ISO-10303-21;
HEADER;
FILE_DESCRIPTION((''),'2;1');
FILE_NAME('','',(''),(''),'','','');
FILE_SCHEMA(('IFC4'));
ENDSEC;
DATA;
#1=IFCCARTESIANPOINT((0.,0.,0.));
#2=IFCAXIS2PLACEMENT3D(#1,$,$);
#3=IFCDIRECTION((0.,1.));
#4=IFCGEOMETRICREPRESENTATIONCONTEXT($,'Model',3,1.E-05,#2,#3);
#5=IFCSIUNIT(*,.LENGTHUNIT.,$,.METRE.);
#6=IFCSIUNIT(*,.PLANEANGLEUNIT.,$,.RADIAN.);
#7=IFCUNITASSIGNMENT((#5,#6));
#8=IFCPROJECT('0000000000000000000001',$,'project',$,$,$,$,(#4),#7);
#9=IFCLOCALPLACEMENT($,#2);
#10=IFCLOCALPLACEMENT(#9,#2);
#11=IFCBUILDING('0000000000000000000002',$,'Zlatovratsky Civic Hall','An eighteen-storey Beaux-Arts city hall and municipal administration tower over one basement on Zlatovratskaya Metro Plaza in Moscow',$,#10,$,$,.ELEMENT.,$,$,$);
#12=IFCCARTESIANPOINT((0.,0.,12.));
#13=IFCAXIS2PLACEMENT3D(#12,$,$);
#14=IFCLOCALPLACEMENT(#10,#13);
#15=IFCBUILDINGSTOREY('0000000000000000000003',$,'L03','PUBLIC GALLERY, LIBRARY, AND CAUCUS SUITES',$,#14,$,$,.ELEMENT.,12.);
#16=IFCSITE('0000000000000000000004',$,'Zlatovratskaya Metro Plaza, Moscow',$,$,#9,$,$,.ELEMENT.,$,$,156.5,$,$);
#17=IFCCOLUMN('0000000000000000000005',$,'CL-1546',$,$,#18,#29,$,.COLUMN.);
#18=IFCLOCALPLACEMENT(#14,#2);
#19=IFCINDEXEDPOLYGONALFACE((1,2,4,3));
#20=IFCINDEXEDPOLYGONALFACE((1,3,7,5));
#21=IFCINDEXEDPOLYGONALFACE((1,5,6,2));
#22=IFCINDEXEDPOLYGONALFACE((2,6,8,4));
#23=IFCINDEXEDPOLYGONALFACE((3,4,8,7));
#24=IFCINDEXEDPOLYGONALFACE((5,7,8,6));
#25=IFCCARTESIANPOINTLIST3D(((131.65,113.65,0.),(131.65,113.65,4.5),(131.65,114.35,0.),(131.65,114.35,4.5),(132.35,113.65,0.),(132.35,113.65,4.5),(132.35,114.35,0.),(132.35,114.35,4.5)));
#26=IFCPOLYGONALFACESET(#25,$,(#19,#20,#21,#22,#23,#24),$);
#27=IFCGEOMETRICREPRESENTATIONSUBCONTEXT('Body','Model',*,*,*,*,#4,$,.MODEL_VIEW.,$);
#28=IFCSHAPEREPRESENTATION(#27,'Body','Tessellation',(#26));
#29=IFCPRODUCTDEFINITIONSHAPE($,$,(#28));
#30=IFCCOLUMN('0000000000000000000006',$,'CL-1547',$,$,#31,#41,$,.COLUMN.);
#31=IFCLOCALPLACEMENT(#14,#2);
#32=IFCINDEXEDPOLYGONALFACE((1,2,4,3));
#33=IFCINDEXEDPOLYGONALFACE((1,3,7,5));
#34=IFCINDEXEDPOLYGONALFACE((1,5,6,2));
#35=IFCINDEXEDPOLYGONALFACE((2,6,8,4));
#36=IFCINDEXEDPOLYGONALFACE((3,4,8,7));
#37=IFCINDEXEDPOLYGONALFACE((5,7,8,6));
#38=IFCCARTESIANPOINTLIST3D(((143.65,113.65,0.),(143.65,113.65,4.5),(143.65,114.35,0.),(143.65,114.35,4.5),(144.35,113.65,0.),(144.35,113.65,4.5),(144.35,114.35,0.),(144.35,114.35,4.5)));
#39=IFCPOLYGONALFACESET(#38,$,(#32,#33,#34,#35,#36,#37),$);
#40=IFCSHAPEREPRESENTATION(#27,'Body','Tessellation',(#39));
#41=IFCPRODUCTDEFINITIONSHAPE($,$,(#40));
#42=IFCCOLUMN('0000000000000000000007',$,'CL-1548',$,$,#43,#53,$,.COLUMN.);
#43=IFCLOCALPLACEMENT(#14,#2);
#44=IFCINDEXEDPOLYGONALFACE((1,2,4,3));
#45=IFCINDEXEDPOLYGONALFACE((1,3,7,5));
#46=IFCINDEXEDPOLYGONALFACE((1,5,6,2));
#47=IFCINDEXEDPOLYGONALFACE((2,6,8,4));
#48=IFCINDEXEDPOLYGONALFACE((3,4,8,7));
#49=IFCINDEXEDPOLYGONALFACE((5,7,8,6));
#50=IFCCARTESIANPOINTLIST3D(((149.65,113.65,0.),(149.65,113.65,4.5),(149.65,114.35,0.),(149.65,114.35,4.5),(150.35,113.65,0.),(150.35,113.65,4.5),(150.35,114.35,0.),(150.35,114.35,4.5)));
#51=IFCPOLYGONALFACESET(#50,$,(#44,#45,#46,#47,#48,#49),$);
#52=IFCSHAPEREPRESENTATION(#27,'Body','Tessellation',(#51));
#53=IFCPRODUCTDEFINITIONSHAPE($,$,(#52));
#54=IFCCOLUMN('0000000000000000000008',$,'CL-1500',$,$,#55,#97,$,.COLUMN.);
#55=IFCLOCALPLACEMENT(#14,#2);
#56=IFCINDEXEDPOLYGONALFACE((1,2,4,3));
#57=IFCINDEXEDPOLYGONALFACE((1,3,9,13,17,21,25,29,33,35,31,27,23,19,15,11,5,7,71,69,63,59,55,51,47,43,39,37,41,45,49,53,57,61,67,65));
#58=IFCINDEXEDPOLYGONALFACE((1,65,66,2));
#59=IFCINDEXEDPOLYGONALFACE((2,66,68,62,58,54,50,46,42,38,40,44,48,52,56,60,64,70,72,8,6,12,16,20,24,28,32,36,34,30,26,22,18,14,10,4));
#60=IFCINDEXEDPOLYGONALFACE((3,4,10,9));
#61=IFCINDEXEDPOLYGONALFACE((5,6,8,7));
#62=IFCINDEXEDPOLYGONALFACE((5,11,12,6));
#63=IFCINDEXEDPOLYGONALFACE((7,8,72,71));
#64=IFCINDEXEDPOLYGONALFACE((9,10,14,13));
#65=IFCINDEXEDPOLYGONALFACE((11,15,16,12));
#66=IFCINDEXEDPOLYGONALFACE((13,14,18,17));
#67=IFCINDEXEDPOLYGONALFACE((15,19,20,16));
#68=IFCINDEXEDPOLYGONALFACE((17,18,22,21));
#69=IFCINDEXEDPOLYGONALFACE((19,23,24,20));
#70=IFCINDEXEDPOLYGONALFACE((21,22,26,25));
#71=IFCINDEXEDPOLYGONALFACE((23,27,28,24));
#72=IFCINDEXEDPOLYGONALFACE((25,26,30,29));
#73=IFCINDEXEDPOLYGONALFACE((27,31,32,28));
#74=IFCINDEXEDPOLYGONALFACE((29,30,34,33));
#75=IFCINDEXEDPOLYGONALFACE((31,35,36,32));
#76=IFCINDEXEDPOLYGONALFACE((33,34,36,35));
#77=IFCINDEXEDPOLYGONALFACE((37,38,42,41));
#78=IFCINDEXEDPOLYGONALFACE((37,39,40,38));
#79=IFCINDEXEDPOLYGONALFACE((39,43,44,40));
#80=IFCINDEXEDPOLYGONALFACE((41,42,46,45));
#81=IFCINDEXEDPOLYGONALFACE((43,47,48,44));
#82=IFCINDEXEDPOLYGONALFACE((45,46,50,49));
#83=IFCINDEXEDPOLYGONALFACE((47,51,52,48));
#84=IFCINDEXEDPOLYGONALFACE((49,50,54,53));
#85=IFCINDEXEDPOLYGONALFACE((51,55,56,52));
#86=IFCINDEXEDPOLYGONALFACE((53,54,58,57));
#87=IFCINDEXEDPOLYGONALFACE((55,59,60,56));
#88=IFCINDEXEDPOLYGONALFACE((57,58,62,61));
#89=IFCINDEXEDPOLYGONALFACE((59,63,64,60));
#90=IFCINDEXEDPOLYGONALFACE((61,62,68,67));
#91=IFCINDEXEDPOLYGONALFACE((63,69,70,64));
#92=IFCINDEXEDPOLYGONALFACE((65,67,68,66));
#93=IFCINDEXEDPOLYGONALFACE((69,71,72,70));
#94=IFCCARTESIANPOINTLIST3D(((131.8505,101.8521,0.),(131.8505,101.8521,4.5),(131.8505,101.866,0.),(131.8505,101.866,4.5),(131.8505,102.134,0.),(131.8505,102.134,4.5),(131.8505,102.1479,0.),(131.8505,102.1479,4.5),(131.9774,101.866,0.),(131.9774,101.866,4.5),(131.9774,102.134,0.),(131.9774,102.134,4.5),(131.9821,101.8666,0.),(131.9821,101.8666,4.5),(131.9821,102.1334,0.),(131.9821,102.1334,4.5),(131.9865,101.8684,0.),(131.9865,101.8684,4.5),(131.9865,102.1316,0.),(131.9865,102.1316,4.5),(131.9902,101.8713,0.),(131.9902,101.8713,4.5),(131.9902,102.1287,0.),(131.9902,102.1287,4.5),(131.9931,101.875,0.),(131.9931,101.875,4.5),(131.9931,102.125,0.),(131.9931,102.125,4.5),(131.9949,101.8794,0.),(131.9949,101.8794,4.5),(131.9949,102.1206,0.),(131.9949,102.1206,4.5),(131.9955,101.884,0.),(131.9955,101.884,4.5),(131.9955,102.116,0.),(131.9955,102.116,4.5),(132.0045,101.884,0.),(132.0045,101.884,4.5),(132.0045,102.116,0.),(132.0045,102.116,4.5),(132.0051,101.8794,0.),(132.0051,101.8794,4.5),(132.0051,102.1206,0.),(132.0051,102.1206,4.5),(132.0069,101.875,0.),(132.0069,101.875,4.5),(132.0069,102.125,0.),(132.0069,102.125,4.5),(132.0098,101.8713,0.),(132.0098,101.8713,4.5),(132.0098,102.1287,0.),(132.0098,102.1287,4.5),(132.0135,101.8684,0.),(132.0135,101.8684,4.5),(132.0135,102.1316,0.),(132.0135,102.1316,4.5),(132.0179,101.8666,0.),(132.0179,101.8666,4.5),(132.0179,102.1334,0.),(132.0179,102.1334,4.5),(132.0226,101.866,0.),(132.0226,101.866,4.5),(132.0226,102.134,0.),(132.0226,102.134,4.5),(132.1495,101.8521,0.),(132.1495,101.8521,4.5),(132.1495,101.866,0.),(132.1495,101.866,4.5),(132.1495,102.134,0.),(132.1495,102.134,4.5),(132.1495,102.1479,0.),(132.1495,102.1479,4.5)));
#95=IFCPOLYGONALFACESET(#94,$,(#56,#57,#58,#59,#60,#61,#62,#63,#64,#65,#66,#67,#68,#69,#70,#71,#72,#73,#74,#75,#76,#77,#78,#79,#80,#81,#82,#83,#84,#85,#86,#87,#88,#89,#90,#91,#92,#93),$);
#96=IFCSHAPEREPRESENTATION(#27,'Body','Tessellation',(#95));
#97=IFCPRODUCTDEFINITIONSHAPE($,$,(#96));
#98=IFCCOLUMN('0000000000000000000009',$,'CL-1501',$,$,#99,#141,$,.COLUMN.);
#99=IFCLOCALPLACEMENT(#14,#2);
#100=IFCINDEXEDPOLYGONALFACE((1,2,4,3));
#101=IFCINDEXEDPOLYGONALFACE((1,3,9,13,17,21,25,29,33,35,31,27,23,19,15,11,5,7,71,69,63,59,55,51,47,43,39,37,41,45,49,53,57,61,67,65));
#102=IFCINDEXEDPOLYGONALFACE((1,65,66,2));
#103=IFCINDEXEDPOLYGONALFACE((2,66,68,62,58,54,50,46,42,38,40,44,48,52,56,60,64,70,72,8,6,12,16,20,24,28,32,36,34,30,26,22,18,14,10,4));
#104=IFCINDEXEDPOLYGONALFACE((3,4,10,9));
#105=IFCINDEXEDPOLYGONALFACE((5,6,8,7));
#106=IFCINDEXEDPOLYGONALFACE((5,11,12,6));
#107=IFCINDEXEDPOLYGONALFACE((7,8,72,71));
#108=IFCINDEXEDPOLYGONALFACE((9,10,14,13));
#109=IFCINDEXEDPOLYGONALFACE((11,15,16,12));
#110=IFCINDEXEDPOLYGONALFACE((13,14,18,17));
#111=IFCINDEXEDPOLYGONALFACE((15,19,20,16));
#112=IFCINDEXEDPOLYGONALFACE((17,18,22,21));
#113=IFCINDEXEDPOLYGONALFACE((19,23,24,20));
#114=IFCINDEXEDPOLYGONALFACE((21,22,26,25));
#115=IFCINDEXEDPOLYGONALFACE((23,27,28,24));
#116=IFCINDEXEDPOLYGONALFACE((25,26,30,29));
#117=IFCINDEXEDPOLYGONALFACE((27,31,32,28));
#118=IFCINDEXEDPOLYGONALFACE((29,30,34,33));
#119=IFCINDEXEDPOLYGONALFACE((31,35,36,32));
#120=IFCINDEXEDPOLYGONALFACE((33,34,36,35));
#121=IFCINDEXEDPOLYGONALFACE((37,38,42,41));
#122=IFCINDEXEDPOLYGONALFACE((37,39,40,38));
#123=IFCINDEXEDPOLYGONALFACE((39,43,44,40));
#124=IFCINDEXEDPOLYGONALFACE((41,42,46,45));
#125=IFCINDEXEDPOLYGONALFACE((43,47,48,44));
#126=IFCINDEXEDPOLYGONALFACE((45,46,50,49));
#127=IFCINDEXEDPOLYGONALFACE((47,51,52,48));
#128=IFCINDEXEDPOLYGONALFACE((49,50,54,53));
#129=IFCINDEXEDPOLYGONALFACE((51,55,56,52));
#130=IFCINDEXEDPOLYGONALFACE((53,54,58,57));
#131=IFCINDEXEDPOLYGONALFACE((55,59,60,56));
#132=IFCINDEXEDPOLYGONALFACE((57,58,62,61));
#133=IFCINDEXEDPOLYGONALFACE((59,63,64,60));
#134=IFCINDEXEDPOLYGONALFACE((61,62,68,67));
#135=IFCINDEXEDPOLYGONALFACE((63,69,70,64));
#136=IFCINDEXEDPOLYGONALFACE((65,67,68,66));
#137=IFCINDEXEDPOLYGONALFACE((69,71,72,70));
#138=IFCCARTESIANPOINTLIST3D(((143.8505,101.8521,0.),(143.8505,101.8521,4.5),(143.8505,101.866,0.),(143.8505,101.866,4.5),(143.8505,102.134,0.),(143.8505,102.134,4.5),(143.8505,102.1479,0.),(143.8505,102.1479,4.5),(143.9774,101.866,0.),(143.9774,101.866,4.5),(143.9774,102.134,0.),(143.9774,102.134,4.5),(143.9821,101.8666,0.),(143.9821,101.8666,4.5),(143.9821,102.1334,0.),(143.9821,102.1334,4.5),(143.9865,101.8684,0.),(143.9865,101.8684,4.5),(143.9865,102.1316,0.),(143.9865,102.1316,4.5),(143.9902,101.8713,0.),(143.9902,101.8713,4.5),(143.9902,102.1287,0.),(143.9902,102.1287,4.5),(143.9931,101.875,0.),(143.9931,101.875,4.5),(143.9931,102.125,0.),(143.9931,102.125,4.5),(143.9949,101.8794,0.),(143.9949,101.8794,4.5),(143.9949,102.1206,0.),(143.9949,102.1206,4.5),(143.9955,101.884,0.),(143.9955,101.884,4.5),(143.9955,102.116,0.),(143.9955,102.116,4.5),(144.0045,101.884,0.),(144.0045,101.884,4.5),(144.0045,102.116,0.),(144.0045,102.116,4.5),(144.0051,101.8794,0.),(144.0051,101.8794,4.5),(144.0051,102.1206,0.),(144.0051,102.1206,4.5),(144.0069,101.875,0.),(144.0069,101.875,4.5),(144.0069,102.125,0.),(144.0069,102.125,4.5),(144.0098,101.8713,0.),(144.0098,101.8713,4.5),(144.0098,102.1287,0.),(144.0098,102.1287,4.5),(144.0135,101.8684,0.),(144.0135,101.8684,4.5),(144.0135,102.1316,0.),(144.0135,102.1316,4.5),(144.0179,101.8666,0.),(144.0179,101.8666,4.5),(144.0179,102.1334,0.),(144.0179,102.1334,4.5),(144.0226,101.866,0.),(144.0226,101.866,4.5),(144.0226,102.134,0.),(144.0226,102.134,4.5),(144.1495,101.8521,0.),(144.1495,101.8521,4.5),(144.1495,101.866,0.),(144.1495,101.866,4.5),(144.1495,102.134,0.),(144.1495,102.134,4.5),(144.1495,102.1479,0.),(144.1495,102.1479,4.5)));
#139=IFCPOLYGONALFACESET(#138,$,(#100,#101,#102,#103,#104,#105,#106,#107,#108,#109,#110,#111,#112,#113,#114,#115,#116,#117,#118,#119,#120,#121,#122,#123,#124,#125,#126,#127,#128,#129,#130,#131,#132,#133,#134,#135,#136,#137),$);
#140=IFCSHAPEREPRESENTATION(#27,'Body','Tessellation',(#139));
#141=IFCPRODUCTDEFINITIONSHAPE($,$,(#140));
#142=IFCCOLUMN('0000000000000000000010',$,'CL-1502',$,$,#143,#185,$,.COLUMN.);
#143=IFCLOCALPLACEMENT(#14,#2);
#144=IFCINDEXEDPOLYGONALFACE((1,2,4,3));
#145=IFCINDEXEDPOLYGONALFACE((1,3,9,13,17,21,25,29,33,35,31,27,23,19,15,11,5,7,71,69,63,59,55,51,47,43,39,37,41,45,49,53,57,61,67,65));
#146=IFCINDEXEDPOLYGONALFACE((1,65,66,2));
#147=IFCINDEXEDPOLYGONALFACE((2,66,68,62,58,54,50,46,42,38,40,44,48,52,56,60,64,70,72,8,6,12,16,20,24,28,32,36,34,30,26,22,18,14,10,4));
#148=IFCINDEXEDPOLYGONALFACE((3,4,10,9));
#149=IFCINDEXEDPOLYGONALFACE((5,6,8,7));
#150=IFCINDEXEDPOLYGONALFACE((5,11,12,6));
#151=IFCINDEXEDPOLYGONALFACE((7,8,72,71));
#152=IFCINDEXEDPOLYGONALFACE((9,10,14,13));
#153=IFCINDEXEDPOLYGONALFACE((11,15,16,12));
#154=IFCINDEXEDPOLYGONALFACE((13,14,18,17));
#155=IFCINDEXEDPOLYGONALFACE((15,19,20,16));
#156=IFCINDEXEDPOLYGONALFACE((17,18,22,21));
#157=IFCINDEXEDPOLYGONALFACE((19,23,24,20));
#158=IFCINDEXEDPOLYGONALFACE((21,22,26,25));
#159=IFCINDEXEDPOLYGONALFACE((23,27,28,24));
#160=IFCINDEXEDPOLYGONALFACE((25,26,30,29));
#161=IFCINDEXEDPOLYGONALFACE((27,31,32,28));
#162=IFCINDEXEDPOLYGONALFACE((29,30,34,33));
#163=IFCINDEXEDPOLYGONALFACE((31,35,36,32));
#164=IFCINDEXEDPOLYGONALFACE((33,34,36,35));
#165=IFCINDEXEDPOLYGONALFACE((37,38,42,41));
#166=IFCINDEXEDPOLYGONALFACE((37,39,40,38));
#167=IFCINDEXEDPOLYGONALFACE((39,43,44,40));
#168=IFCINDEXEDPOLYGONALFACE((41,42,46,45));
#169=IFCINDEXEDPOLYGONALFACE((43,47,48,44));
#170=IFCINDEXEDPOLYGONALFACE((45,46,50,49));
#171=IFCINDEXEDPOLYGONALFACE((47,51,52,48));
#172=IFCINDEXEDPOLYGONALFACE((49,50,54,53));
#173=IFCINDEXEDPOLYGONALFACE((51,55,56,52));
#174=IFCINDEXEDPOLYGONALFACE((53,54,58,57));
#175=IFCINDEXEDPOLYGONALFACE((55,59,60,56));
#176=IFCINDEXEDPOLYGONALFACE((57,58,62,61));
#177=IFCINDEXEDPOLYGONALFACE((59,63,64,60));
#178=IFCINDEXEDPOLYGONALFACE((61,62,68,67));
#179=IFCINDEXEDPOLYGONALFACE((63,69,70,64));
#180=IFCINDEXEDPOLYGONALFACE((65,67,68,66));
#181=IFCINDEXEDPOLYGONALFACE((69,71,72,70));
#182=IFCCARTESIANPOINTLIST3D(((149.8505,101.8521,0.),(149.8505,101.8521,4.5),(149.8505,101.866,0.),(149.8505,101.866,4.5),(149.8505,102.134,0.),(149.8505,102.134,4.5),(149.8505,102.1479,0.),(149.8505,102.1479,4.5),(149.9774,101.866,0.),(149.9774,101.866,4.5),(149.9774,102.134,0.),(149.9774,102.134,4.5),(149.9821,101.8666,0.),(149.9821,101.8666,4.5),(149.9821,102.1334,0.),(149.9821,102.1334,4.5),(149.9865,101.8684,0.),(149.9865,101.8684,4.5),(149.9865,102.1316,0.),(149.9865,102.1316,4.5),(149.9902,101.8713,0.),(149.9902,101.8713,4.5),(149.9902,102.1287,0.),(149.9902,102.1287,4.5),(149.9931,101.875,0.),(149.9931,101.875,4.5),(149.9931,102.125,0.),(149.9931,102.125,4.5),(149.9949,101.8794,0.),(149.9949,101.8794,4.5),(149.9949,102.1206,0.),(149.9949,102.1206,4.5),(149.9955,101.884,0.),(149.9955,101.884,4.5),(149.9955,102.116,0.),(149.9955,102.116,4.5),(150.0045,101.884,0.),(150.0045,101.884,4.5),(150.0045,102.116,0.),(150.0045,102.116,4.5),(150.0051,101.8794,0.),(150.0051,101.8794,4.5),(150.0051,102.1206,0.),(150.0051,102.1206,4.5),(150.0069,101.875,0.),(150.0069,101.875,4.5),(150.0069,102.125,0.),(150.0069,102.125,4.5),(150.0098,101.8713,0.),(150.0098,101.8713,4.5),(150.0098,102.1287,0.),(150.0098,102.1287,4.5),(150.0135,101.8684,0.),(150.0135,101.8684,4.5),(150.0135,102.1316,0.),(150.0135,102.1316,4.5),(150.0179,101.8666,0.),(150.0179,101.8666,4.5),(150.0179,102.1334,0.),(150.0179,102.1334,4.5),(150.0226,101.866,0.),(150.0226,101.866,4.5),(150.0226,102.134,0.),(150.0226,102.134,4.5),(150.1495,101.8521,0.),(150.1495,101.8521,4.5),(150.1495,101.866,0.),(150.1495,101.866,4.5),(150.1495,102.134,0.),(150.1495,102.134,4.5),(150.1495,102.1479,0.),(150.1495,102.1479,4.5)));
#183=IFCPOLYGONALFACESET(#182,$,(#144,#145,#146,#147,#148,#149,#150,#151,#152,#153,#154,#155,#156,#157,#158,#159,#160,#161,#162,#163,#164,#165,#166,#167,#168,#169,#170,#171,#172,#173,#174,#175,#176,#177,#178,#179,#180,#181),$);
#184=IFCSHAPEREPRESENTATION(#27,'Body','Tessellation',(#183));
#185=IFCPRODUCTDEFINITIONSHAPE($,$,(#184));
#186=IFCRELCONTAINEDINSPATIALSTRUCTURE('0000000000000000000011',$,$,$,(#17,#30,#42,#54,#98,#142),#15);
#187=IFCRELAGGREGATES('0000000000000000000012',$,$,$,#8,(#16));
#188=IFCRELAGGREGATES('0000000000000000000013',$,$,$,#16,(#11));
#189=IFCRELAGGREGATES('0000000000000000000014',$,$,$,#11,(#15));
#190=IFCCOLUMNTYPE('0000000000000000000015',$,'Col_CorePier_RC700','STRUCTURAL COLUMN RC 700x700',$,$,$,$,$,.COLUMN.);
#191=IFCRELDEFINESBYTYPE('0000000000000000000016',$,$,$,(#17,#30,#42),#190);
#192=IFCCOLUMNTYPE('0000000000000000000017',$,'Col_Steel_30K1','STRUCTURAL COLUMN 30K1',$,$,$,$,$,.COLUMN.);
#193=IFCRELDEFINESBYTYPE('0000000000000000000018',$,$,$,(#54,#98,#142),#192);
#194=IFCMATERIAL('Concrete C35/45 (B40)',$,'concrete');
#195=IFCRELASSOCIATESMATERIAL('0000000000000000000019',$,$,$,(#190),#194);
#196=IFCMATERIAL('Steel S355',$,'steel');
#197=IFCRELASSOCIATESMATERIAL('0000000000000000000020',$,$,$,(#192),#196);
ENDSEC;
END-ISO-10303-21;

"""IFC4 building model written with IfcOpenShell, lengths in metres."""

from ifc_helpers import new_model, si_unit, direction, frame, origin, origin_2d, place, context, subcontext, project, spatial, rectangle, i_section, extrude, material, material_profile, profile_set, type_object, element, save


model = new_model("IFC4")

# Units and contexts
model_context = context("Model", 3, precision=1e-05, world=origin(), true_north=direction((0.0, 1.0)))
body_context = subcontext(model_context, "Body", "Model", "MODEL_VIEW")
ifc_project = project(units=[si_unit("LENGTHUNIT", "METRE"), si_unit("PLANEANGLEUNIT", "RADIAN")], contexts=[model_context])

# Site, building, storey
site_placement = place(None, origin())
site = spatial("IfcSite", under=ifc_project, at=site_placement, Name="Zlatovratskaya Metro Plaza, Moscow", CompositionType="ELEMENT", RefElevation=156.5)
building_placement = place(site_placement, origin())
building = spatial("IfcBuilding", under=site, at=building_placement, Name="Zlatovratsky Civic Hall", Description="An eighteen-storey Beaux-Arts city hall and municipal administration tower over one basement on Zlatovratskaya Metro Plaza in Moscow", CompositionType="ELEMENT")
storey_placement = place(building_placement, frame((0.0, 0.0, 12.0)))
storey = spatial("IfcBuildingStorey", under=building, at=storey_placement, Name="L03", Description="PUBLIC GALLERY, LIBRARY, AND CAUCUS SUITES", CompositionType="ELEMENT", Elevation=12.0)

# Columns
ifc_material_1 = material(Name="Concrete C35/45 (B40)", Category="concrete")
ifc_material_profile_1 = material_profile(ifc_material_1, rectangle(XDim=0.7, YDim=0.7, at=origin_2d()), Name="RC 700x700")
ifc_profile_set_1 = profile_set([ifc_material_profile_1], Name="Concrete C35/45 (B40)")
column_type_1 = type_object("IfcColumnType", Name="Col_CorePier_RC700", Description="STRUCTURAL COLUMN RC 700x700", PredefinedType="COLUMN", material=ifc_profile_set_1)
for number, where, z_axis, x_axis, name in (
    (1, (132.0, 114.0, 0.0), (0.0, 0.0, 1.0), (1.0, 0.0, 0.0), "CL-1546"),
    (2, (144.0, 114.0, 0.0), (0.0, 0.0, 1.0), (1.0, 0.0, 0.0), "CL-1547"),
    (3, (150.0, 114.0, 0.0), (0.0, 0.0, 1.0), (1.0, 0.0, 0.0), "CL-1548"),
):
    element("IfcColumn", number, at=place(storey_placement, frame(where, z_axis=z_axis, x_axis=x_axis)), inside=storey, type_object=column_type_1, Name=name, PredefinedType="COLUMN", context=body_context, shape_type="SweptSolid", body=[
        extrude(rectangle(XDim=0.7, YDim=0.7, at=origin_2d()), origin(), (0.0, 0.0, 1.0), 4.5),
    ])
ifc_material_2 = material(Name="Steel S355", Category="steel")
ifc_material_profile_2 = material_profile(ifc_material_2, i_section(OverallWidth=0.2991, OverallDepth=0.2959, WebThickness=0.009, FlangeThickness=0.0139, FilletRadius=0.0181, at=origin_2d()), Name="30K1")
ifc_profile_set_2 = profile_set([ifc_material_profile_2], Name="Steel S355")
column_type_2 = type_object("IfcColumnType", Name="Col_Steel_30K1", Description="STRUCTURAL COLUMN 30K1", PredefinedType="COLUMN", material=ifc_profile_set_2)
for number, where, z_axis, x_axis, name in (
    (4, (132.0, 102.0, 0.0), (0.0, 0.0, 1.0), (1.0, 0.0, 0.0), "CL-1500"),
    (5, (144.0, 102.0, 0.0), (0.0, 0.0, 1.0), (1.0, 0.0, 0.0), "CL-1501"),
    (6, (150.0, 102.0, 0.0), (0.0, 0.0, 1.0), (1.0, 0.0, 0.0), "CL-1502"),
):
    element("IfcColumn", number, at=place(storey_placement, frame(where, z_axis=z_axis, x_axis=x_axis)), inside=storey, type_object=column_type_2, Name=name, PredefinedType="COLUMN", context=body_context, shape_type="SweptSolid", body=[
        extrude(i_section(OverallWidth=0.2991, OverallDepth=0.2959, WebThickness=0.009, FlangeThickness=0.0139, FilletRadius=0.0181, at=origin_2d()), origin(), (0.0, 0.0, 1.0), 4.5),
    ])

save(model, "model.ifc")
